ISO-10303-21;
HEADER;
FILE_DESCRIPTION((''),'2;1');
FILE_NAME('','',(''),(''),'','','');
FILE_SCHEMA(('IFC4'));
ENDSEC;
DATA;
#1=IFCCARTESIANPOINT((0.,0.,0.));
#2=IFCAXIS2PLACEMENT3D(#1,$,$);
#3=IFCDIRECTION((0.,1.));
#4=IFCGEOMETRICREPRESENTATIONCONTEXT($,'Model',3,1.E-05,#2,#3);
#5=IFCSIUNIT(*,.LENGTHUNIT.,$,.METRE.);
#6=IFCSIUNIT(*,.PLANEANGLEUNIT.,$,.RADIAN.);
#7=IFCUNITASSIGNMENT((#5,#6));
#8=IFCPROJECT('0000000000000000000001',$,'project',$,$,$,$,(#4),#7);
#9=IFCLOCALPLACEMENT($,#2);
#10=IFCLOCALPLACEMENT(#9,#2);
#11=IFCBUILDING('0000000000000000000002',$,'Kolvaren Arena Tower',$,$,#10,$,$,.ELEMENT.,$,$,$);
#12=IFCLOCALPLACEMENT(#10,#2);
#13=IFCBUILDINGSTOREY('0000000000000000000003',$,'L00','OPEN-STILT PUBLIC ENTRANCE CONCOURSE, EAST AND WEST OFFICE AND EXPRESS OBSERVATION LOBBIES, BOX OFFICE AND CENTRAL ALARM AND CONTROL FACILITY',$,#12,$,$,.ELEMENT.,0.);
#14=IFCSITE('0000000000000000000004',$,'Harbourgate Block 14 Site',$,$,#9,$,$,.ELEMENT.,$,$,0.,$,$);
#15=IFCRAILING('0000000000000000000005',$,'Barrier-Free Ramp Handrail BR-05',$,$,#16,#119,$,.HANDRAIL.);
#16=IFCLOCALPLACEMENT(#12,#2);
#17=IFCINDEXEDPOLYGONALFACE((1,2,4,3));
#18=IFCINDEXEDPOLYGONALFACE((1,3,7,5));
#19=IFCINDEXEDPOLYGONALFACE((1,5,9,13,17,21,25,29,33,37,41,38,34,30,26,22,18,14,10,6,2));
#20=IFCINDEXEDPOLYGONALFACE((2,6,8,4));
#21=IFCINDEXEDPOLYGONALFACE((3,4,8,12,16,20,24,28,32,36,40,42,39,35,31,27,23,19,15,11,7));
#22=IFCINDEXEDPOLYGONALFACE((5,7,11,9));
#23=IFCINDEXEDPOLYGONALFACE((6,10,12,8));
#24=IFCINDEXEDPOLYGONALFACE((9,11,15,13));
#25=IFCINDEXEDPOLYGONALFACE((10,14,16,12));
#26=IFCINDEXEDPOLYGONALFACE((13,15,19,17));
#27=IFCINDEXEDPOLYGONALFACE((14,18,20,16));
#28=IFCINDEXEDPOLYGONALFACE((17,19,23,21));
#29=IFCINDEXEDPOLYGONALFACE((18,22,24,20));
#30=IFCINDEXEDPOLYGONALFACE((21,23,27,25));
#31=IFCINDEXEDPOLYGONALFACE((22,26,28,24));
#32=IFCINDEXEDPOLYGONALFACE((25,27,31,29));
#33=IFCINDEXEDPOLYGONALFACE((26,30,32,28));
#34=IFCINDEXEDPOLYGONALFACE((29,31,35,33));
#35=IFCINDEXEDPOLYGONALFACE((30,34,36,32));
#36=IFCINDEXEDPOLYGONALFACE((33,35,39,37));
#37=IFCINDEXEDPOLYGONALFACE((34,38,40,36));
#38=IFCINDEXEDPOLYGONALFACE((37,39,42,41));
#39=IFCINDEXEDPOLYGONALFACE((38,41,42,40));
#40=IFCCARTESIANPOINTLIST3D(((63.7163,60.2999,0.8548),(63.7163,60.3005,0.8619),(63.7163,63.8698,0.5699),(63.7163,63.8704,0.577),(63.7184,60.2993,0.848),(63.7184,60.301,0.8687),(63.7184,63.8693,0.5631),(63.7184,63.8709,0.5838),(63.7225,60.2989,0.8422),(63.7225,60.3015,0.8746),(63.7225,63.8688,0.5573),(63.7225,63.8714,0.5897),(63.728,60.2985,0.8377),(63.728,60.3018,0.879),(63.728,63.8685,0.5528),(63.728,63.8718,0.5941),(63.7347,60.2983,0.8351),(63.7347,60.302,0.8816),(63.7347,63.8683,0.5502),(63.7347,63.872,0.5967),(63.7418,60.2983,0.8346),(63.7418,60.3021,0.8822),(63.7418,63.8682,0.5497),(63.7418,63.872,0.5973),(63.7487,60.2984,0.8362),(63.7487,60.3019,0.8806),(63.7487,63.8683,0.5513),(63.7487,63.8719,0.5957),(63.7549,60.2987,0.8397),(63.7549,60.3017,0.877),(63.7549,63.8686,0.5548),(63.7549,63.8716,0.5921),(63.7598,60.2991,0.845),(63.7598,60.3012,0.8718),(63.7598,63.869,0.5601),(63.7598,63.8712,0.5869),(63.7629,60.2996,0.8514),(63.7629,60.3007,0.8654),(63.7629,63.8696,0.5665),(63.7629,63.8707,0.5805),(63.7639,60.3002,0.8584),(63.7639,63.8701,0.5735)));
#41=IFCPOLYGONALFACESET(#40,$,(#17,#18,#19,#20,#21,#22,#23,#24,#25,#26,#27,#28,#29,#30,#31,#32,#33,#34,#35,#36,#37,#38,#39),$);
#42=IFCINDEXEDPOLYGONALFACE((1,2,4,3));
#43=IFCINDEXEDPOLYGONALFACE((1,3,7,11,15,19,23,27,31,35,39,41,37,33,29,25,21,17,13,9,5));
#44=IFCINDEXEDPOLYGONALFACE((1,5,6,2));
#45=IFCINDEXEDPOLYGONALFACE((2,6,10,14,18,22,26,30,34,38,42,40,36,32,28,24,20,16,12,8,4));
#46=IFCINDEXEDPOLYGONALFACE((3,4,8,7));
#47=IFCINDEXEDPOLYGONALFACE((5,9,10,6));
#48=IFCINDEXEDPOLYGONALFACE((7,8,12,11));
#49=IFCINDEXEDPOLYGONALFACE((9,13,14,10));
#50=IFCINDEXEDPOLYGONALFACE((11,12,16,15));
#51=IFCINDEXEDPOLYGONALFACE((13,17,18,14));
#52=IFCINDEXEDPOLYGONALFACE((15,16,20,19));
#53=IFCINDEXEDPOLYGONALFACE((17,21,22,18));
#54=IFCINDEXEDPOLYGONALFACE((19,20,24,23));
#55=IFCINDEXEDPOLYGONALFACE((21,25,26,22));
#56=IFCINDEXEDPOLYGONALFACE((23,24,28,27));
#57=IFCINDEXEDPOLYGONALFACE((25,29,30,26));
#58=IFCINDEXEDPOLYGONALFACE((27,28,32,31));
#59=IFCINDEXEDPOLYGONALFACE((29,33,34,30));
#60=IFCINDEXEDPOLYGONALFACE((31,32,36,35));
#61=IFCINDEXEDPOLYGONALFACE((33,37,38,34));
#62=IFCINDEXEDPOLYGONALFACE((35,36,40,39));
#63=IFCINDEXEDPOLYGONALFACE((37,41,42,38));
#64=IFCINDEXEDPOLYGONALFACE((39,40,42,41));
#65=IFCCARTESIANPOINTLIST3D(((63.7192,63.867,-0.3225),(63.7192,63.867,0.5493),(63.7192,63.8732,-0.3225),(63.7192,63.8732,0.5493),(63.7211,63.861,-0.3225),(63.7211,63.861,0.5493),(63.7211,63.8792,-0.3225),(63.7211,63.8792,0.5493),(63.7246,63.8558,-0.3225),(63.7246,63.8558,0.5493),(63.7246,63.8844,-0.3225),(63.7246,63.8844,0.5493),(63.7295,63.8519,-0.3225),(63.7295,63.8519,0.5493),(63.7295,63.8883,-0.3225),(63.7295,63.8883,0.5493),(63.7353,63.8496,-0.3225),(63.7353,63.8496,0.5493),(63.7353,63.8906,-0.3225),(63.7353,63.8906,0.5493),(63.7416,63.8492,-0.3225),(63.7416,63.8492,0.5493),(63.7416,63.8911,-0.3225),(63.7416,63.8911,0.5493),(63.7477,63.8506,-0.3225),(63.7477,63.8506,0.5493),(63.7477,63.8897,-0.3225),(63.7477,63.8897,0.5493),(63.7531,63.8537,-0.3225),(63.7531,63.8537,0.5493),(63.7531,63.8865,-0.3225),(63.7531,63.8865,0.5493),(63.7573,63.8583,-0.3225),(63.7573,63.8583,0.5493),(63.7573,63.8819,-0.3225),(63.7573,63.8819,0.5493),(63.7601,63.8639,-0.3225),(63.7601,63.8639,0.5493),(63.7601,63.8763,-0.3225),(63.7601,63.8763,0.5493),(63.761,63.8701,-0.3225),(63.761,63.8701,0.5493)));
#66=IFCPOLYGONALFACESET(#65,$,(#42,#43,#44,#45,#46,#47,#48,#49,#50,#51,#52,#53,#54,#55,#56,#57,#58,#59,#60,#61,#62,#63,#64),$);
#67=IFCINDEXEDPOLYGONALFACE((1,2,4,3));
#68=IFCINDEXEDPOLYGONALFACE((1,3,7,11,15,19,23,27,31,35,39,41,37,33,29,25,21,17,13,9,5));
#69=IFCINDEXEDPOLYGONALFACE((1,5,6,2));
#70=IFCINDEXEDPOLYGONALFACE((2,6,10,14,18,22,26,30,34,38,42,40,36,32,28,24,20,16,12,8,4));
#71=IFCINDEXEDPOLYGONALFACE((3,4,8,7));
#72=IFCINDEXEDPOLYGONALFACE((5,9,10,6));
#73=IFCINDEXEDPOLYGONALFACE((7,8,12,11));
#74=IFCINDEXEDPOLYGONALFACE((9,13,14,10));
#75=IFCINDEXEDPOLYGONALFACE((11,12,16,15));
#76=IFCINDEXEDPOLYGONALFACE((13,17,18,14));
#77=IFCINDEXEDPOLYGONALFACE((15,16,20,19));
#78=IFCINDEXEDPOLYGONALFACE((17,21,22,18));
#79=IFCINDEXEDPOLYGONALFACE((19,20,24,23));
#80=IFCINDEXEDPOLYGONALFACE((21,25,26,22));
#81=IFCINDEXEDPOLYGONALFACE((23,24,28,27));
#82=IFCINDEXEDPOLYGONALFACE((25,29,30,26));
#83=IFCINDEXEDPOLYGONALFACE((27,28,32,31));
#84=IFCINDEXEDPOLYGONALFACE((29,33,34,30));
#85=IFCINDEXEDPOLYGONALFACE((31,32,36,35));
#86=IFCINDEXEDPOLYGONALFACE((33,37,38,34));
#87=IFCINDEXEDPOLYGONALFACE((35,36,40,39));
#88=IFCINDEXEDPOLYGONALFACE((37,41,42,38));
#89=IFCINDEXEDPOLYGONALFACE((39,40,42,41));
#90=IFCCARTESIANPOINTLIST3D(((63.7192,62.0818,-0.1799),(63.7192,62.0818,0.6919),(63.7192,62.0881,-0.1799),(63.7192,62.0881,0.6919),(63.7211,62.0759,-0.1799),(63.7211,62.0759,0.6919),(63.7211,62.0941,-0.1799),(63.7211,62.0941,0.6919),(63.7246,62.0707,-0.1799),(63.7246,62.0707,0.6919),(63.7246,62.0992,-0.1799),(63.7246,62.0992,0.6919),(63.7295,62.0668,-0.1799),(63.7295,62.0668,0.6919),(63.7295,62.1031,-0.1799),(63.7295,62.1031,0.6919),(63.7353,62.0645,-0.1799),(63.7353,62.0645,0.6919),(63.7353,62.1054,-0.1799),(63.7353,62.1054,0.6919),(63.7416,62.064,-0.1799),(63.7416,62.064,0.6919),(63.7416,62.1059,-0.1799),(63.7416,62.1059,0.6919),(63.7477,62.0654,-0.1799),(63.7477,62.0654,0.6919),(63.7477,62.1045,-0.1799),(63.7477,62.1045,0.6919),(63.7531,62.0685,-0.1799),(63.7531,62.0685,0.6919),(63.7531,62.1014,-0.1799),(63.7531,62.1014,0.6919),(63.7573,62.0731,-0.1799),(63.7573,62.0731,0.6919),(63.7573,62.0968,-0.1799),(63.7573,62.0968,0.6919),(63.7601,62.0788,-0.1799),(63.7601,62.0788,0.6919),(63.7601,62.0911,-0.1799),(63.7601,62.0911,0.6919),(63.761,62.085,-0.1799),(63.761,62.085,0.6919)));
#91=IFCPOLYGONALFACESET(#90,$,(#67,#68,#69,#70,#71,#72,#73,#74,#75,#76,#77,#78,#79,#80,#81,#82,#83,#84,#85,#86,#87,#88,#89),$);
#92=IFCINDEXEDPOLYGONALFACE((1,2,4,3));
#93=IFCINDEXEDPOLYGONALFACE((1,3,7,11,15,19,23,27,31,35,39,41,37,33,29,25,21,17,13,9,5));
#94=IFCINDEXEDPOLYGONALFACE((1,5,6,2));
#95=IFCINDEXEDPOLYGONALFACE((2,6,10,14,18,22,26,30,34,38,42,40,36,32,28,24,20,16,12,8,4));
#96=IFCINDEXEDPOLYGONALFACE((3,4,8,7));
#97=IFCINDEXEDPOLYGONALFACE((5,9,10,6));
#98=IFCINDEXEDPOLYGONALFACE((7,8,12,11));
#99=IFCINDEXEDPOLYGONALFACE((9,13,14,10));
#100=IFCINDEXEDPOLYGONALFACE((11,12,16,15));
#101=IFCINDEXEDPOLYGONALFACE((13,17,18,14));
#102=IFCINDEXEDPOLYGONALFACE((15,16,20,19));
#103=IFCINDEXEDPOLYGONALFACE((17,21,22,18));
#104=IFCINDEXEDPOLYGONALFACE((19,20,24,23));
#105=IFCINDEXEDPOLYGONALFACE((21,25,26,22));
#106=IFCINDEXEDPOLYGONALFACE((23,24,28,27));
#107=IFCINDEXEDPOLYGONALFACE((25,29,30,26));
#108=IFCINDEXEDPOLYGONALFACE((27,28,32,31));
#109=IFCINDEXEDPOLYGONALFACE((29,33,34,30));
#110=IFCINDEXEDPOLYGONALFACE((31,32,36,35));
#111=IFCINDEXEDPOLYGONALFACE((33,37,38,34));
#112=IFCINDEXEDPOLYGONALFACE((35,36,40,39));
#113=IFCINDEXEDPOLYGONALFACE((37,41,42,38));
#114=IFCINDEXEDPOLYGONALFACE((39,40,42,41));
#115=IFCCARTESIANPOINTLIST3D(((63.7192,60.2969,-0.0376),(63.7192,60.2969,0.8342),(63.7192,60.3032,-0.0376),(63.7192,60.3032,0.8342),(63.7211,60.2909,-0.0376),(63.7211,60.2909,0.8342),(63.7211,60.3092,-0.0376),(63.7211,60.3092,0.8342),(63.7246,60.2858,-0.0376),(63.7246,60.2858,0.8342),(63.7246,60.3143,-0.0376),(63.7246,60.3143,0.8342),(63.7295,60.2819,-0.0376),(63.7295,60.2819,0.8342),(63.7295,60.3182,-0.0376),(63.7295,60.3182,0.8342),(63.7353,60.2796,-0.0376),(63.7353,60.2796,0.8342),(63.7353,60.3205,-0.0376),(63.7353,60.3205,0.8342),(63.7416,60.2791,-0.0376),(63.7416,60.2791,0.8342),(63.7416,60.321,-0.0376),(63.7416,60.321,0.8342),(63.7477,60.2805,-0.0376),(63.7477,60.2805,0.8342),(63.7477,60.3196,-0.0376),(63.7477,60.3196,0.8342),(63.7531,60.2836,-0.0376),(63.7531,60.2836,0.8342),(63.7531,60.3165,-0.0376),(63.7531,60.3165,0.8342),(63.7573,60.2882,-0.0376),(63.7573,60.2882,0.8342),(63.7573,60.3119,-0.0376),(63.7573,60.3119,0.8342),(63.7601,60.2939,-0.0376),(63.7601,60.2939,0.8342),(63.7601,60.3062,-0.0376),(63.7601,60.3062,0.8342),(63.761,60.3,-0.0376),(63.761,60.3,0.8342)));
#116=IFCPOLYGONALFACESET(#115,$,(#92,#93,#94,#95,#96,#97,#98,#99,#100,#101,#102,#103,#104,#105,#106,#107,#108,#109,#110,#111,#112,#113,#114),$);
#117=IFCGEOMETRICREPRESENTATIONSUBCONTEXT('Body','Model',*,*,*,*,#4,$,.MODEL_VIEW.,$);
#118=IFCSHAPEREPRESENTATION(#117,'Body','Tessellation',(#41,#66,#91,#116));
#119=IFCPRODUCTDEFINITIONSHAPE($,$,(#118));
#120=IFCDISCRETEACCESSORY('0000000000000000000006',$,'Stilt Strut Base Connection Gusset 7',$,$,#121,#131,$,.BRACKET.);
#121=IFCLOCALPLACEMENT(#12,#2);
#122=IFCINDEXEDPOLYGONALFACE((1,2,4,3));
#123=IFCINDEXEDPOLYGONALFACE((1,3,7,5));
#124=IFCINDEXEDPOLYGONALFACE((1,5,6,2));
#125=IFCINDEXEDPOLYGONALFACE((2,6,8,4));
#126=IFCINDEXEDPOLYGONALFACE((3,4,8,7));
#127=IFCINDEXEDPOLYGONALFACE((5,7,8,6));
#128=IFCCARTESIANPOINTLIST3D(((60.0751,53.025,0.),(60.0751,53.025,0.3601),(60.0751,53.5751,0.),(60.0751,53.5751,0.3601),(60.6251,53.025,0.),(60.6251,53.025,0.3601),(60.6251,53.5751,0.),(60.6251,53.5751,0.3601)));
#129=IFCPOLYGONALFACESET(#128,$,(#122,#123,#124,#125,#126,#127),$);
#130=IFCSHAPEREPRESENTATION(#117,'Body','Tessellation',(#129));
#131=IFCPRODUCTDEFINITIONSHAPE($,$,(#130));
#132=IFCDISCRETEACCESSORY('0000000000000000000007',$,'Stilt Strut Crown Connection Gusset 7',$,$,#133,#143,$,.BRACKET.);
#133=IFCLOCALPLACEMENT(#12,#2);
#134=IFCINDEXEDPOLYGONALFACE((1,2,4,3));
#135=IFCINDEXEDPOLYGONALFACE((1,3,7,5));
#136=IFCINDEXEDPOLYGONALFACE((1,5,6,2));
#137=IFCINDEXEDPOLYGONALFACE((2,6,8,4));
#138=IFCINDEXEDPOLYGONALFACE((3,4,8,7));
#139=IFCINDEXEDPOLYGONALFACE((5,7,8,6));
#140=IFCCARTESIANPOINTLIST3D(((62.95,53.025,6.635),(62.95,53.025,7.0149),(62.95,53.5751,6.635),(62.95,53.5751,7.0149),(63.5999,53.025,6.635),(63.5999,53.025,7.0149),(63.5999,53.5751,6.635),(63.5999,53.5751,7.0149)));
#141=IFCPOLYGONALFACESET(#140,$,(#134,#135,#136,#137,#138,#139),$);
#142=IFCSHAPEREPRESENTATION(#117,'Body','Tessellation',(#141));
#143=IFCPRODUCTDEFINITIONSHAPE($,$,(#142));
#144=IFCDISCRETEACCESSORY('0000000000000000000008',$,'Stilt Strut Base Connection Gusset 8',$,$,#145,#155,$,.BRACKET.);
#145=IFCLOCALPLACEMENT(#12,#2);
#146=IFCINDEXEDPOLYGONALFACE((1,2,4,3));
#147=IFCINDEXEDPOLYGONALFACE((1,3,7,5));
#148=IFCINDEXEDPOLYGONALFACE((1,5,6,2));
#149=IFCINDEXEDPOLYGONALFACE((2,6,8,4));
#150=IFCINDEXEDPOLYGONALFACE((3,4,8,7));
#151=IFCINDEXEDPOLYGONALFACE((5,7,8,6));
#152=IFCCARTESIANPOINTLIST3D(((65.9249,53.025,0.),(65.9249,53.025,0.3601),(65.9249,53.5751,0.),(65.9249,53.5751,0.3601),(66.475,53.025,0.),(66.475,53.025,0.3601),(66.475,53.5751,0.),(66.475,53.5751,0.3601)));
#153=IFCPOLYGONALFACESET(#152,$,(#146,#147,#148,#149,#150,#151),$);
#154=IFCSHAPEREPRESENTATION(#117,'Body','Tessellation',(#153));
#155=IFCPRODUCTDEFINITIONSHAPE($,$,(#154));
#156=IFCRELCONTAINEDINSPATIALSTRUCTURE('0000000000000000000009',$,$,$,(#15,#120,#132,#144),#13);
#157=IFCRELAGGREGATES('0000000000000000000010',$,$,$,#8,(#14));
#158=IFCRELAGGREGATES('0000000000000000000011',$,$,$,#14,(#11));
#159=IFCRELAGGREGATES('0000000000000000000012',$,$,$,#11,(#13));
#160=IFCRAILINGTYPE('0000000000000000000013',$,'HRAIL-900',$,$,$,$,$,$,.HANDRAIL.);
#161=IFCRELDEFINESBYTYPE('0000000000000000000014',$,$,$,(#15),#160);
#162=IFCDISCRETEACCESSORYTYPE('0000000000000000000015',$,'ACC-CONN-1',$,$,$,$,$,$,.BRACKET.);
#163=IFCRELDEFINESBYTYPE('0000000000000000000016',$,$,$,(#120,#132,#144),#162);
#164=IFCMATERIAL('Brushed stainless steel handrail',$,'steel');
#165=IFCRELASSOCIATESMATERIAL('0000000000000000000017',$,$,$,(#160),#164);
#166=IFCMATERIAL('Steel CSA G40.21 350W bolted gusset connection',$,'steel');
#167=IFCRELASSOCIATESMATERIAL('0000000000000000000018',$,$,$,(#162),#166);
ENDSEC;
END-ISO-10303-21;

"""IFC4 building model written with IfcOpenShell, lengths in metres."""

from ifc_helpers import new_model, si_unit, direction, frame, origin, origin_2d, place, context, subcontext, project, spatial, rectangle, circle, extrude, material, type_object, element, save


model = new_model("IFC4")

# Units and contexts
model_context = context("Model", 3, precision=1e-05, world=origin(), true_north=direction((0.0, 1.0)))
body_context = subcontext(model_context, "Body", "Model", "MODEL_VIEW")
ifc_project = project(units=[si_unit("LENGTHUNIT", "METRE"), si_unit("PLANEANGLEUNIT", "RADIAN")], contexts=[model_context])

# Site, building, storey
site_placement = place(None, origin())
site = spatial("IfcSite", under=ifc_project, at=site_placement, Name="Harbourgate Block 14 Site", CompositionType="ELEMENT", RefElevation=0.0)
building_placement = place(site_placement, origin())
building = spatial("IfcBuilding", under=site, at=building_placement, Name="Kolvaren Arena Tower", CompositionType="ELEMENT")
storey_placement = place(building_placement, origin())
storey = spatial("IfcBuildingStorey", under=building, at=storey_placement, Name="L00", Description="OPEN-STILT PUBLIC ENTRANCE CONCOURSE, EAST AND WEST OFFICE AND EXPRESS OBSERVATION LOBBIES, BOX OFFICE AND CENTRAL ALARM AND CONTROL FACILITY", CompositionType="ELEMENT", Elevation=0.0)

# Railing
ifc_material_1 = material(Name="Brushed stainless steel handrail", Category="steel")
railing_type = type_object("IfcRailingType", Name="HRAIL-900", PredefinedType="HANDRAIL", material=ifc_material_1)
for number, where, name in (
    (1, (63.74, 63.8701, -0.3225), "Barrier-Free Ramp Handrail BR-05"),
):
    element("IfcRailing", number, at=place(storey_placement, frame(where)), inside=storey, type_object=railing_type, Name=name, PredefinedType="HANDRAIL", context=body_context, shape_type="SweptSolid", body=[
        extrude(circle(Radius=0.0239, at=origin_2d()), frame((0.0, 0.0, 0.896), z_axis=(0.0, -0.996831, 0.079553), x_axis=(1.0, 0.0, 0.0)), (0.0, 0.0, 1.0), 3.5813),
        extrude(circle(Radius=0.021, at=origin_2d()), origin(), (0.0, 0.0, 1.0), 0.8718),
        extrude(circle(Radius=0.021, at=origin_2d()), frame((0.0, -1.7852, 0.1426)), (0.0, 0.0, 1.0), 0.8718),
        extrude(circle(Radius=0.021, at=origin_2d()), frame((0.0, -3.5701, 0.2849)), (0.0, 0.0, 1.0), 0.8718),
    ])

# Discrete accessories
ifc_material_2 = material(Name="Steel CSA G40.21 350W bolted gusset connection", Category="steel")
discrete_accessory_type = type_object("IfcDiscreteAccessoryType", Name="ACC-CONN-1", PredefinedType="BRACKET", material=ifc_material_2)
discrete_accessory_1_placement = place(storey_placement, frame((60.3501, 53.3, 0.0), z_axis=(0.0, 0.0, 1.0), x_axis=(1.0, 0.0, 0.0)))
element("IfcDiscreteAccessory", 2, at=discrete_accessory_1_placement, inside=storey, type_object=discrete_accessory_type, Name="Stilt Strut Base Connection Gusset 7", PredefinedType="BRACKET", context=body_context, shape_type="SweptSolid", body=[
    extrude(rectangle(XDim=0.55, YDim=0.55, at=origin_2d()), origin(), (0.0, 0.0, 1.0), 0.3601),
])
discrete_accessory_2_placement = place(storey_placement, frame((63.2749, 53.3, 6.635), z_axis=(0.0, 0.0, 1.0), x_axis=(1.0, 0.0, 0.0)))
element("IfcDiscreteAccessory", 3, at=discrete_accessory_2_placement, inside=storey, type_object=discrete_accessory_type, Name="Stilt Strut Crown Connection Gusset 7", PredefinedType="BRACKET", context=body_context, shape_type="SweptSolid", body=[
    extrude(rectangle(XDim=0.6499, YDim=0.55, at=origin_2d()), origin(), (0.0, 0.0, 1.0), 0.3799),
])
discrete_accessory_3_placement = place(storey_placement, frame((66.2, 53.3, 0.0), z_axis=(0.0, 0.0, 1.0), x_axis=(1.0, 0.0, 0.0)))
element("IfcDiscreteAccessory", 4, at=discrete_accessory_3_placement, inside=storey, type_object=discrete_accessory_type, Name="Stilt Strut Base Connection Gusset 8", PredefinedType="BRACKET", context=body_context, shape_type="SweptSolid", body=[
    extrude(rectangle(XDim=0.55, YDim=0.55, at=origin_2d()), origin(), (0.0, 0.0, 1.0), 0.3601),
])

save(model, "model.ifc")
